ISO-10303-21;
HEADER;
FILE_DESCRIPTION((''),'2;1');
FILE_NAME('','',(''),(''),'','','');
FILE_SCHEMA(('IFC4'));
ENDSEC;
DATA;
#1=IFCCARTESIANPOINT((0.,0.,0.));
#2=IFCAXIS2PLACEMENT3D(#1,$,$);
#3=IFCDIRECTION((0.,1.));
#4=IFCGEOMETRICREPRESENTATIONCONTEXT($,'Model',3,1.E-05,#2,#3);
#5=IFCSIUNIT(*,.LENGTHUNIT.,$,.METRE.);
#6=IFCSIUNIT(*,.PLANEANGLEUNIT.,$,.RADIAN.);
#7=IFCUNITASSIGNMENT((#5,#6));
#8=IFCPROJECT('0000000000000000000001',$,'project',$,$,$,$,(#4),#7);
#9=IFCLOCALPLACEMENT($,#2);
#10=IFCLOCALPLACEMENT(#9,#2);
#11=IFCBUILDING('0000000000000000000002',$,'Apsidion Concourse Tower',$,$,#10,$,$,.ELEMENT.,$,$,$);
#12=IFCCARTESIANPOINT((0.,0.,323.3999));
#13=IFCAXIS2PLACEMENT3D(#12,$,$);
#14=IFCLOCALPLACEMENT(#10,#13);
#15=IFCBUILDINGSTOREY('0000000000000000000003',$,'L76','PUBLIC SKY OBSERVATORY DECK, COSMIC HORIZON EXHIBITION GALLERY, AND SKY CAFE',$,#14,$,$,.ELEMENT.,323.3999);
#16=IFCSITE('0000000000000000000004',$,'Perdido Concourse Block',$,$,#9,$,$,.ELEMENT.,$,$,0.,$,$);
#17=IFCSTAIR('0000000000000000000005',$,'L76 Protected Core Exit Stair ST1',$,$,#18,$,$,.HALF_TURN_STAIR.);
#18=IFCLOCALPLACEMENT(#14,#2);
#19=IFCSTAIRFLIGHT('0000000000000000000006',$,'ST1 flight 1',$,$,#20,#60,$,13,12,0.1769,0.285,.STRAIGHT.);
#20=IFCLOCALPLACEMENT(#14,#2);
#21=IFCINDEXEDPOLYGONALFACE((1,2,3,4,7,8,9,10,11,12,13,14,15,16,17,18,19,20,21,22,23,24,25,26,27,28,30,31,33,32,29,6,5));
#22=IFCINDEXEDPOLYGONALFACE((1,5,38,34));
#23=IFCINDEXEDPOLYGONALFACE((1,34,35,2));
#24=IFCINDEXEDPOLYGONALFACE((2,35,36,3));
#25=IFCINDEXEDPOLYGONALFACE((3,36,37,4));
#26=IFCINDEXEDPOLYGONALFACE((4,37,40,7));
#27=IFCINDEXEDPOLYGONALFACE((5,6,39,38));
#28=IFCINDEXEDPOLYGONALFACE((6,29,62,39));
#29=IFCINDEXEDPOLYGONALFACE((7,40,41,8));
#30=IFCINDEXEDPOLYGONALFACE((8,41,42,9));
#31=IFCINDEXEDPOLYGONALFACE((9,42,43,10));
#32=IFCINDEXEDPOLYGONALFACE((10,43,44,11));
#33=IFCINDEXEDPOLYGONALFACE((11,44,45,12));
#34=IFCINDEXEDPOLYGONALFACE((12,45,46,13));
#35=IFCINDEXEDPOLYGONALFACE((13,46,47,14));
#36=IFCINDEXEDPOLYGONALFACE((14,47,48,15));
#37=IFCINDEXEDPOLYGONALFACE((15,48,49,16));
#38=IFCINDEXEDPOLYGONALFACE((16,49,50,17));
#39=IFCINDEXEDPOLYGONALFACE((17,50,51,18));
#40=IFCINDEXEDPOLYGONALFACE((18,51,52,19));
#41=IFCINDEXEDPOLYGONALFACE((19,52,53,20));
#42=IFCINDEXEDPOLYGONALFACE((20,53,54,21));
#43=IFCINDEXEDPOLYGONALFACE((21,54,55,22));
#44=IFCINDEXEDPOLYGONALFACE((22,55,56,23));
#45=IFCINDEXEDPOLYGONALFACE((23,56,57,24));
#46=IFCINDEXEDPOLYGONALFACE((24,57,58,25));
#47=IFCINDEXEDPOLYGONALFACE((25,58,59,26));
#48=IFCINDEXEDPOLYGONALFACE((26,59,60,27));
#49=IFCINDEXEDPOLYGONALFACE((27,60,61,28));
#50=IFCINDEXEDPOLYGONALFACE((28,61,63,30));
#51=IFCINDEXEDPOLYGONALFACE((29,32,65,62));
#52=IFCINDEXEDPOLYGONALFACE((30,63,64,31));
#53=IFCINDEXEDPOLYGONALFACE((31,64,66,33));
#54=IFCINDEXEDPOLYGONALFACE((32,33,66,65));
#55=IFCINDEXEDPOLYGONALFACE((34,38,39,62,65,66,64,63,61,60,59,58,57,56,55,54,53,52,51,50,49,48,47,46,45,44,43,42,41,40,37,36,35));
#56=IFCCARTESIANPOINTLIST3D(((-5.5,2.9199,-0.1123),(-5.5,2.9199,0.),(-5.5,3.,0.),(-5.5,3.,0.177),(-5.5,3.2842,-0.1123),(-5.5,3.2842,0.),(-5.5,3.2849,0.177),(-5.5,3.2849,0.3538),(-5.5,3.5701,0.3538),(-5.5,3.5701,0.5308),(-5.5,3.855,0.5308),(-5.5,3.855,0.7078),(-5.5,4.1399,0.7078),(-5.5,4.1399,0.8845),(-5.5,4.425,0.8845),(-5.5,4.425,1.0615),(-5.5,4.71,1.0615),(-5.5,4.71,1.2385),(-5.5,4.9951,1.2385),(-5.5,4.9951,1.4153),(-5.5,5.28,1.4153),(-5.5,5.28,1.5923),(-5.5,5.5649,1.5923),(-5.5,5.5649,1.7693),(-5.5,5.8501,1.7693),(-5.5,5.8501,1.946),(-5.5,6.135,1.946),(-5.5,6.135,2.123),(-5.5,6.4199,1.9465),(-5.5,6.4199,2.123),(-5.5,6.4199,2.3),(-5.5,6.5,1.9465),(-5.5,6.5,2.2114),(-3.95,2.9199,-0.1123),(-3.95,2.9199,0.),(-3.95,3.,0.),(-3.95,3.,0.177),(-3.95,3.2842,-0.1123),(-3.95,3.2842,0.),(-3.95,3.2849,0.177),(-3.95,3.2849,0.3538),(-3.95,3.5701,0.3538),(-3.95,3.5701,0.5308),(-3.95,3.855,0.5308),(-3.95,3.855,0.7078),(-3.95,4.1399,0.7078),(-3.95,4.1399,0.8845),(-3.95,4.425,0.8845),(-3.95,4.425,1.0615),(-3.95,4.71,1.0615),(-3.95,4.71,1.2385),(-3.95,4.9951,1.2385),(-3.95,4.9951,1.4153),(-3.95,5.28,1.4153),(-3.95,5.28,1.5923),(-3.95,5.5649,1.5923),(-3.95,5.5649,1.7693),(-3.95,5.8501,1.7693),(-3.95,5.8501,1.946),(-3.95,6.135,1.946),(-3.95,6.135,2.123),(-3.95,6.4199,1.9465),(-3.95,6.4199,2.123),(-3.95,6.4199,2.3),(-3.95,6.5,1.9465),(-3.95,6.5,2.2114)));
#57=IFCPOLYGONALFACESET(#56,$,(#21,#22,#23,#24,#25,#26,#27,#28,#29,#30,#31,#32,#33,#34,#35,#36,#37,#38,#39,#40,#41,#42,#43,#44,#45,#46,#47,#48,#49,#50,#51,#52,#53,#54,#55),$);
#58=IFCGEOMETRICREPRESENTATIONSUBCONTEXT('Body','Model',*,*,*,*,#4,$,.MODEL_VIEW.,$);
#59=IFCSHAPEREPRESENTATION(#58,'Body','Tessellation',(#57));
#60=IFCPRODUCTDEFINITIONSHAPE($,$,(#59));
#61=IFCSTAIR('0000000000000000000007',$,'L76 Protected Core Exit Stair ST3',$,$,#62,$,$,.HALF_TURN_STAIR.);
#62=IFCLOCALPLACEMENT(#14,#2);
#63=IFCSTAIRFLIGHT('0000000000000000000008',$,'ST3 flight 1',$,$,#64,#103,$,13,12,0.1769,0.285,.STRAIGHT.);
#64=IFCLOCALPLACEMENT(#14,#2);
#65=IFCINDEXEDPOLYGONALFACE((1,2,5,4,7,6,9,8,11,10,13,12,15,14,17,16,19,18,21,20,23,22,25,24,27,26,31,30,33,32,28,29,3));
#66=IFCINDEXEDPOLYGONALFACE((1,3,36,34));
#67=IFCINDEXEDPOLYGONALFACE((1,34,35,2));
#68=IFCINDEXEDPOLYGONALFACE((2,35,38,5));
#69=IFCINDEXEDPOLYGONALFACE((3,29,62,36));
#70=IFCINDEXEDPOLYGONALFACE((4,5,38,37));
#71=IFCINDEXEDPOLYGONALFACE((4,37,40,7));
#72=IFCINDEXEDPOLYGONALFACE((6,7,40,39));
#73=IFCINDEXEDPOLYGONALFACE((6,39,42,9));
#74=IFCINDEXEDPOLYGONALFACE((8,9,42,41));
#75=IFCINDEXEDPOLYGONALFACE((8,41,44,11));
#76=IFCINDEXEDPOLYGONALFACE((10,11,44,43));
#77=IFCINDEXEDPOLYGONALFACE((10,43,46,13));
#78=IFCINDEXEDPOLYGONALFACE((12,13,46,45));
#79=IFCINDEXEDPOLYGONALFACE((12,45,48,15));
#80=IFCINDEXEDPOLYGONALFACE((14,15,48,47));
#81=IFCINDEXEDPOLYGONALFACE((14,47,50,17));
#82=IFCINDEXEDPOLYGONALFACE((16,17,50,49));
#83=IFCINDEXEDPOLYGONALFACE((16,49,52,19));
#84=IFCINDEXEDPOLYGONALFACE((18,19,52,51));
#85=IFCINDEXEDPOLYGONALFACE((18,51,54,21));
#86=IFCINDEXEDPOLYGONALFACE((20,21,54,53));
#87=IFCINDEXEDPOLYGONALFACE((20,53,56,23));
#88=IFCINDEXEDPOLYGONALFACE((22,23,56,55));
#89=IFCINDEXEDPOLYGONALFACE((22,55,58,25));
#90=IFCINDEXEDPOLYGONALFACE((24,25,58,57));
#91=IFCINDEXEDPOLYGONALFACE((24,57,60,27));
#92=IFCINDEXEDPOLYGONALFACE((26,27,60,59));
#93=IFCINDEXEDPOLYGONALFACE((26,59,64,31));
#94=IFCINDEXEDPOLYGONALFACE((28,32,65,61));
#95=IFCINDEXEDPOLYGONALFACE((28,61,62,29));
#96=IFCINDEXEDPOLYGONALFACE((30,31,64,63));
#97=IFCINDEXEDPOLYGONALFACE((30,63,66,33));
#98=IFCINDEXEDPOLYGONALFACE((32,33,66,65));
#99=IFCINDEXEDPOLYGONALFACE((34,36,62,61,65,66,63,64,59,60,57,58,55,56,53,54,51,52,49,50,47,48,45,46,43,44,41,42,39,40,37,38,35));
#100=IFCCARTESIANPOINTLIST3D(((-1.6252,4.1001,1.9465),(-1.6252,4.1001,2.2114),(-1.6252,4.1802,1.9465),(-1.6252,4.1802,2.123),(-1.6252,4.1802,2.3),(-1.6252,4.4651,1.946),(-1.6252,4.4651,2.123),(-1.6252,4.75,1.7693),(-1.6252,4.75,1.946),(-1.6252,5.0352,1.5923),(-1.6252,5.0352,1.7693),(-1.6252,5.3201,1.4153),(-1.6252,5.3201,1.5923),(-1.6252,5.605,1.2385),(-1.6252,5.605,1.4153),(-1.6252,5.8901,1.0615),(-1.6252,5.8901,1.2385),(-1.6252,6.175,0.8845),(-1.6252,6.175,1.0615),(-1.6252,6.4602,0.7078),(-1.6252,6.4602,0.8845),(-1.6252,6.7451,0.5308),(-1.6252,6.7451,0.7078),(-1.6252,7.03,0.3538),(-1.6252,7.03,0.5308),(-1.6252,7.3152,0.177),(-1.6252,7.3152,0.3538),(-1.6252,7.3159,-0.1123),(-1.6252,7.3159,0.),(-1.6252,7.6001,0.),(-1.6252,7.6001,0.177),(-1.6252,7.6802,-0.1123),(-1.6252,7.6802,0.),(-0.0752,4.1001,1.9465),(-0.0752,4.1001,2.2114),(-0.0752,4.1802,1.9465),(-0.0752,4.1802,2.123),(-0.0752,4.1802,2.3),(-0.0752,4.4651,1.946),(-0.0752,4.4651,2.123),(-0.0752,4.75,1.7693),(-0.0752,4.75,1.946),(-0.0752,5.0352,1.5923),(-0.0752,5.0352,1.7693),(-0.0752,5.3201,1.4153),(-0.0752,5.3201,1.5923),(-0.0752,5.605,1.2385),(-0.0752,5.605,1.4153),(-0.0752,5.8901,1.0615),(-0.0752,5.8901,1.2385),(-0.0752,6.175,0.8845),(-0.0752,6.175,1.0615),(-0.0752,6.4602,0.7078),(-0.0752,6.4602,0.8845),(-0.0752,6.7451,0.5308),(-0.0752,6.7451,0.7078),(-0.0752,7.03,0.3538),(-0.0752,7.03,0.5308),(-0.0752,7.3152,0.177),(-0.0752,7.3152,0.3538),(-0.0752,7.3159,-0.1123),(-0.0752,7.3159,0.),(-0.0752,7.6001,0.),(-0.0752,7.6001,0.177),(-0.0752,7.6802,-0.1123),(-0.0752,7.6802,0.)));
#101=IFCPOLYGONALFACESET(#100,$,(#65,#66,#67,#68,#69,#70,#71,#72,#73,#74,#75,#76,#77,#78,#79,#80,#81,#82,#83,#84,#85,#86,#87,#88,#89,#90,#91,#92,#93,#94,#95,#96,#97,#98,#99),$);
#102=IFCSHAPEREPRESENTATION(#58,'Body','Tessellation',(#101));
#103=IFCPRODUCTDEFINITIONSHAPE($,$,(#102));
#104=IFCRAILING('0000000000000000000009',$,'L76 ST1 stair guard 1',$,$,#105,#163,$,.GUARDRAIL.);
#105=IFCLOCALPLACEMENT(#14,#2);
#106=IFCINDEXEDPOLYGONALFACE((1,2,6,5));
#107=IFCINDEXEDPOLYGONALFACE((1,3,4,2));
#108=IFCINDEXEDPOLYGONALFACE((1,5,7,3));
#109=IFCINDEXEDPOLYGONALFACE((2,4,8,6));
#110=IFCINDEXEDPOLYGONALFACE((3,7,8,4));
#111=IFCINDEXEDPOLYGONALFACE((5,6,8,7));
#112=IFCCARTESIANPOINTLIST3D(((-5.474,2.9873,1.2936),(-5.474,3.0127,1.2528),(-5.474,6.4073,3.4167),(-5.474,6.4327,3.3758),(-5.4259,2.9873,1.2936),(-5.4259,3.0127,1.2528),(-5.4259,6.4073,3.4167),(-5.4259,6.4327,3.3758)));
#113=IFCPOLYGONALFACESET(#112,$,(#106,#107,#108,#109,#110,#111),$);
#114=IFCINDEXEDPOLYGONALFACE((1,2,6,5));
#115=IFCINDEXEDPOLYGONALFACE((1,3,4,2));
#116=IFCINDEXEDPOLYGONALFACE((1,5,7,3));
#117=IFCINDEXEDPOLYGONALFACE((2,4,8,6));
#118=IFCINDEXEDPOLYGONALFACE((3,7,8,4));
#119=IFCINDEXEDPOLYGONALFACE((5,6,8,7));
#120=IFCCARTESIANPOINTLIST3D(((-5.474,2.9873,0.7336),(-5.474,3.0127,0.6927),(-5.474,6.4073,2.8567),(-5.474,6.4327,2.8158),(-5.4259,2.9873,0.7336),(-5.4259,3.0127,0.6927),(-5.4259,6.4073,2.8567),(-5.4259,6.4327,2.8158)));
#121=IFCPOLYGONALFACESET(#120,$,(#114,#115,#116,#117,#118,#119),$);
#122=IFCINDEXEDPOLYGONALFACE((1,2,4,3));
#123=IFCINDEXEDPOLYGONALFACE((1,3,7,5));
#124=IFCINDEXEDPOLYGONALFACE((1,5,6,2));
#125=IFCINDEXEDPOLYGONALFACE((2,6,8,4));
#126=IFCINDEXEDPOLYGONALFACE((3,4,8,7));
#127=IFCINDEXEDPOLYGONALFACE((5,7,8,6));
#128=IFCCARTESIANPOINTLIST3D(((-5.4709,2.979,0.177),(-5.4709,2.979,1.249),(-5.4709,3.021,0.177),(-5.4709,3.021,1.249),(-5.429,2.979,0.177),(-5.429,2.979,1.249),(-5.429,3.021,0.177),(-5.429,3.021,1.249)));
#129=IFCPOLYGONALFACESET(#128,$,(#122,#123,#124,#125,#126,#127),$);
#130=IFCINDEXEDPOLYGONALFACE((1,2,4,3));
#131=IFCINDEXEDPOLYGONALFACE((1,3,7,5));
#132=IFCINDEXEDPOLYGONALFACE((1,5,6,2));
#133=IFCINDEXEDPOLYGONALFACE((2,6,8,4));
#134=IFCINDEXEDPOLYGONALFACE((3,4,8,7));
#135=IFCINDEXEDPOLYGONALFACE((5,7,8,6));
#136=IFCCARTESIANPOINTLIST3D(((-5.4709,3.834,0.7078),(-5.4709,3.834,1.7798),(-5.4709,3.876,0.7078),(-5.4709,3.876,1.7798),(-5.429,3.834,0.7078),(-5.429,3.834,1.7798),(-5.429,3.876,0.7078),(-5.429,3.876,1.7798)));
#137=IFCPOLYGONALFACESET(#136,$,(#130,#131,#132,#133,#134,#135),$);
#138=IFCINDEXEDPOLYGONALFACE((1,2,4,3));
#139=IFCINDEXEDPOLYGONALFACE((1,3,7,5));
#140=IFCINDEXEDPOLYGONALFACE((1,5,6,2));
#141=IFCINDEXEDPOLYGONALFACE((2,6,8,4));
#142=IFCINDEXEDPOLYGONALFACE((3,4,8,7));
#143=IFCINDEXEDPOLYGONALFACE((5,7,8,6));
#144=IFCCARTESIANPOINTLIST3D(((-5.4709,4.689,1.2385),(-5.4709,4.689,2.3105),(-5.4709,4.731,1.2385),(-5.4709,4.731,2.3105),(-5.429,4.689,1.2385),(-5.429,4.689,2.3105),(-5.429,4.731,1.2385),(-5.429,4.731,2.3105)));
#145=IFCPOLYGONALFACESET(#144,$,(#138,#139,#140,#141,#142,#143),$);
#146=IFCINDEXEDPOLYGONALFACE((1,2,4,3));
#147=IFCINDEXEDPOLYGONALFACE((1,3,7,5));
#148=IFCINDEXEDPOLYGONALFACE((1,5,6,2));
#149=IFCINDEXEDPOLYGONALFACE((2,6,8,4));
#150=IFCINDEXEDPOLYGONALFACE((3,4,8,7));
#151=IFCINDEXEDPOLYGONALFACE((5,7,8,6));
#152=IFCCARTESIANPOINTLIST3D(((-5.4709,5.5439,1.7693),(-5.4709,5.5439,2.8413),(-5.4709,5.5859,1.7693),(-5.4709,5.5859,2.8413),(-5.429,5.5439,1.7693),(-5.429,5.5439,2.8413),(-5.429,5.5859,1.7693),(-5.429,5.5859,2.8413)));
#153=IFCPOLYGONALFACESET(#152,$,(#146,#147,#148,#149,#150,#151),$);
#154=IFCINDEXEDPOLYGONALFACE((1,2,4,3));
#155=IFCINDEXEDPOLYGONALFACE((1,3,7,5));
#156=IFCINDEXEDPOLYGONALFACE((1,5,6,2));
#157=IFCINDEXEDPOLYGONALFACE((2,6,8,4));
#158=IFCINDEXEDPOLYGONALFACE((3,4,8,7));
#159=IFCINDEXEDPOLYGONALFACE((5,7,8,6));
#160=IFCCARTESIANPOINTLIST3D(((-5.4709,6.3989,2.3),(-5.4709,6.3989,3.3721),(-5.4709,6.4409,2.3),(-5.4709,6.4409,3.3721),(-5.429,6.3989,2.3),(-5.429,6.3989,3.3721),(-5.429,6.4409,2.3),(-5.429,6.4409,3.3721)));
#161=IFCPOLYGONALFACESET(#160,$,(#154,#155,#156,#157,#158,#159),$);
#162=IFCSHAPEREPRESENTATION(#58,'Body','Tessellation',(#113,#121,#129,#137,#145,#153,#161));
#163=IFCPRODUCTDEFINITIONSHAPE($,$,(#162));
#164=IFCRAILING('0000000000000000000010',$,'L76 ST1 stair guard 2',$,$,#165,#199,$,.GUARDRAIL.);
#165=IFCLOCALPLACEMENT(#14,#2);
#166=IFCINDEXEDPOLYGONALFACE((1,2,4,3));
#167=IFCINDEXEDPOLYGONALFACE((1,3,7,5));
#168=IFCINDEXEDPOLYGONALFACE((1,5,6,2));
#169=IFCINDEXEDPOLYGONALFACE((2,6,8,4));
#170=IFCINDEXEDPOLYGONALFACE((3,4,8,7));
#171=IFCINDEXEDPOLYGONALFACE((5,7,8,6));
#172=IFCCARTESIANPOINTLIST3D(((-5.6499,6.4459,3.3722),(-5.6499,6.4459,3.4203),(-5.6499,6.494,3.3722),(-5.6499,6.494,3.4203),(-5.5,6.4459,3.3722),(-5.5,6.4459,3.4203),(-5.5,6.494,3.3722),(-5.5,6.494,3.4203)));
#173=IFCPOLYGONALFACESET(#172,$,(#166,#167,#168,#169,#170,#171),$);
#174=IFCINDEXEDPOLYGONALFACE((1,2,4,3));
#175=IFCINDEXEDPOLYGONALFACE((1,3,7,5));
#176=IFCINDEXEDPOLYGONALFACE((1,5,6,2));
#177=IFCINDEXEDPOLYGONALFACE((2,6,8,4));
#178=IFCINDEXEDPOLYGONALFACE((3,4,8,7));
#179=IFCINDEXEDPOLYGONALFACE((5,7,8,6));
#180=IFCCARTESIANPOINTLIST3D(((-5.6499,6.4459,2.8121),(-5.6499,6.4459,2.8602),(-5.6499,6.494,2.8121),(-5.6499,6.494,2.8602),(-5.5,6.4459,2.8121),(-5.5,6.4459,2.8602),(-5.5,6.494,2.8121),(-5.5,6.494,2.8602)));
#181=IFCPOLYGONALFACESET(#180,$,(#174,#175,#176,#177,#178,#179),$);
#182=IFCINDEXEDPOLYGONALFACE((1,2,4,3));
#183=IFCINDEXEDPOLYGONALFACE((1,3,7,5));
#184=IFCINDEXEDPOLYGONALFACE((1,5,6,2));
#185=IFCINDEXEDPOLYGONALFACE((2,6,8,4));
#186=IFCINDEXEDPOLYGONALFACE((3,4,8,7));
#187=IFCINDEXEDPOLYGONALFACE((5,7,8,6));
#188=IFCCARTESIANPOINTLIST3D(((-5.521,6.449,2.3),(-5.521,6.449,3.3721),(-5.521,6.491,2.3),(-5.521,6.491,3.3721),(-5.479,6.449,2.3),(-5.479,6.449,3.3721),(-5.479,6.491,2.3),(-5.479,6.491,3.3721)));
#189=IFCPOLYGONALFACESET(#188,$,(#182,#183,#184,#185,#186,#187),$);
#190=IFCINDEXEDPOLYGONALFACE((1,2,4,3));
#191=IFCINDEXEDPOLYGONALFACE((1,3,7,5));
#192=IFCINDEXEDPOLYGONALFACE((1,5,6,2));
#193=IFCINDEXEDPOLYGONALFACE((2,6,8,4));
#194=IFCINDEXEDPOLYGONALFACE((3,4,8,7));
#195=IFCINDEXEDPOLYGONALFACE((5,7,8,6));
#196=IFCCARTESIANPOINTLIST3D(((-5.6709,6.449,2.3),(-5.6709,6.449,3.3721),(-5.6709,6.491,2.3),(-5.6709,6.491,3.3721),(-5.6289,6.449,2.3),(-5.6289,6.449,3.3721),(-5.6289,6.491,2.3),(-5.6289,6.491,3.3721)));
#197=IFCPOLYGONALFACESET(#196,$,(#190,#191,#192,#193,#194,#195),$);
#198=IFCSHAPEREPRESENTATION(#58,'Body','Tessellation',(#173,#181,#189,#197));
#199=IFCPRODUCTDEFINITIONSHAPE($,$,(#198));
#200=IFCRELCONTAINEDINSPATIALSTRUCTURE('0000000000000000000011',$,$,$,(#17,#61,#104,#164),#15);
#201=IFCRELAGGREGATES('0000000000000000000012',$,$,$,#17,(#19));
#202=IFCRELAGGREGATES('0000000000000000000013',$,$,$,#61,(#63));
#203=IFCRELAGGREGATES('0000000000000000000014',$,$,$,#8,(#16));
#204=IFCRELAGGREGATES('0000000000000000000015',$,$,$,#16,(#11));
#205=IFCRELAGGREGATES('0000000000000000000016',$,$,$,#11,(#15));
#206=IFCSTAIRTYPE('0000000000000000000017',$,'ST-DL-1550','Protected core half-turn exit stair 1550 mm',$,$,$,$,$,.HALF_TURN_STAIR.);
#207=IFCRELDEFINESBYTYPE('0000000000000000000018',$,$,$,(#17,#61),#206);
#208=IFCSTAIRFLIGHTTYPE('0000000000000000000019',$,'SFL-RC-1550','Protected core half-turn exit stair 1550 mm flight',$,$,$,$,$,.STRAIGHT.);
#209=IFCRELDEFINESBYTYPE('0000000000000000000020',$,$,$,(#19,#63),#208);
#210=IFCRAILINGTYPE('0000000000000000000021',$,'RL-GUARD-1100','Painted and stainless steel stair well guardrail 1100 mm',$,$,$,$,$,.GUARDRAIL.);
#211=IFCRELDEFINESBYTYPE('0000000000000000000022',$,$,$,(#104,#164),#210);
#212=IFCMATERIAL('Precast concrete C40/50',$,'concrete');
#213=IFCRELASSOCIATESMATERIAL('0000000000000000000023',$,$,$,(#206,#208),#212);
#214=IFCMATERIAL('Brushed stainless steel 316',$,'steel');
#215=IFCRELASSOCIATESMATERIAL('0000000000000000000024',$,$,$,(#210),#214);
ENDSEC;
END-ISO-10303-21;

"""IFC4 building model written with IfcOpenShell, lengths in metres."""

from ifc_helpers import new_model, si_unit, direction, frame, origin, origin_2d, place, context, subcontext, project, spatial, polyline, rectangle, outline, extrude, material, type_object, element, aggregate, save


model = new_model("IFC4")

# Units and contexts
model_context = context("Model", 3, precision=1e-05, world=origin(), true_north=direction((0.0, 1.0)))
body_context = subcontext(model_context, "Body", "Model", "MODEL_VIEW")
ifc_project = project(units=[si_unit("LENGTHUNIT", "METRE"), si_unit("PLANEANGLEUNIT", "RADIAN")], contexts=[model_context])

# Site, building, storey
site_placement = place(None, origin())
site = spatial("IfcSite", under=ifc_project, at=site_placement, Name="Perdido Concourse Block", CompositionType="ELEMENT", RefElevation=0.0)
building_placement = place(site_placement, origin())
building = spatial("IfcBuilding", under=site, at=building_placement, Name="Apsidion Concourse Tower", CompositionType="ELEMENT")
storey_placement = place(building_placement, frame((0.0, 0.0, 323.3999)))
storey = spatial("IfcBuildingStorey", under=building, at=storey_placement, Name="L76", Description="PUBLIC SKY OBSERVATORY DECK, COSMIC HORIZON EXHIBITION GALLERY, AND SKY CAFE", CompositionType="ELEMENT", Elevation=323.3999)

# Shared definitions
ifc_material_1 = material(Name="Brushed stainless steel 316", Category="steel")

# Stairs, stair flights
ifc_material_2 = material(Name="Precast concrete C40/50", Category="concrete")
stair_type = type_object("IfcStairType", Name="ST-DL-1550", Description="Protected core half-turn exit stair 1550 mm", PredefinedType="HALF_TURN_STAIR", material=ifc_material_2)
stair_1_placement = place(storey_placement, origin())
stair_1 = element("IfcStair", 1, at=stair_1_placement, inside=storey, type_object=stair_type, Name="L76 Protected Core Exit Stair ST1", PredefinedType="HALF_TURN_STAIR")
stair_flight_type = type_object("IfcStairFlightType", Name="SFL-RC-1550", Description="Protected core half-turn exit stair 1550 mm flight", PredefinedType="STRAIGHT", material=ifc_material_2)
stair_flight_1_placement = place(storey_placement, frame((-4.7251, 3.0, 0.0), z_axis=(0.0, 0.0, 1.0), x_axis=(0.0, 1.0, 0.0)))
stair_flight_1 = element("IfcStairFlight", 2, at=stair_flight_1_placement, type_object=stair_flight_type, Name="ST1 flight 1", NumberOfRisers=13, NumberOfTreads=12, PredefinedType="STRAIGHT", RiserHeight=0.1769, TreadLength=0.285, context=body_context, shape_type="SweptSolid", body=[
    extrude(outline(polyline([(-0.0801, -0.1123), (-0.0801, 0.0), (0.0, 0.0), (0.0, 0.177), (0.2849, 0.177), (0.2849, 0.3538), (0.5701, 0.3538), (0.5701, 0.5308), (0.855, 0.5308), (0.855, 0.7078), (1.1399, 0.7078), (1.1399, 0.8845), (1.425, 0.8845), (1.425, 1.0615), (1.71, 1.0615), (1.71, 1.2385), (1.9951, 1.2385), (1.9951, 1.4153), (2.28, 1.4153), (2.28, 1.5923), (2.5649, 1.5923), (2.5649, 1.7693), (2.8501, 1.7693), (2.8501, 1.946), (3.135, 1.946), (3.135, 2.123), (3.4199, 2.123), (3.4199, 2.3), (3.5, 2.2114), (3.5, 1.9465), (3.4199, 1.9465), (0.2842, 0.0), (0.2842, -0.1123), (-0.0801, -0.1123)])), frame((0.0, 0.7749, 0.0), z_axis=(0.0, -1.0, 0.0), x_axis=(1.0, 0.0, 0.0)), (0.0, 0.0, 1.0), 1.55),
])
aggregate(stair_1, [stair_flight_1])
stair_2_placement = place(storey_placement, origin())
stair_2 = element("IfcStair", 3, at=stair_2_placement, inside=storey, type_object=stair_type, Name="L76 Protected Core Exit Stair ST3", PredefinedType="HALF_TURN_STAIR")
stair_flight_2_placement = place(storey_placement, frame((-0.8501, 7.6001, 0.0), z_axis=(0.0, 0.0, 1.0), x_axis=(0.0, -1.0, 0.0)))
stair_flight_2 = element("IfcStairFlight", 4, at=stair_flight_2_placement, type_object=stair_flight_type, Name="ST3 flight 1", NumberOfRisers=13, NumberOfTreads=12, PredefinedType="STRAIGHT", RiserHeight=0.1769, TreadLength=0.285, context=body_context, shape_type="SweptSolid", body=[
    extrude(outline(polyline([(-0.0801, -0.1123), (-0.0801, 0.0), (0.0, 0.0), (0.0, 0.177), (0.2849, 0.177), (0.2849, 0.3538), (0.5701, 0.3538), (0.5701, 0.5308), (0.855, 0.5308), (0.855, 0.7078), (1.1399, 0.7078), (1.1399, 0.8845), (1.425, 0.8845), (1.425, 1.0615), (1.71, 1.0615), (1.71, 1.2385), (1.9951, 1.2385), (1.9951, 1.4153), (2.28, 1.4153), (2.28, 1.5923), (2.5649, 1.5923), (2.5649, 1.7693), (2.8501, 1.7693), (2.8501, 1.946), (3.135, 1.946), (3.135, 2.123), (3.4199, 2.123), (3.4199, 2.3), (3.5, 2.2114), (3.5, 1.9465), (3.4199, 1.9465), (0.2842, 0.0), (0.2842, -0.1123), (-0.0801, -0.1123)])), frame((0.0, 0.7749, 0.0), z_axis=(0.0, -1.0, 0.0), x_axis=(1.0, 0.0, 0.0)), (0.0, 0.0, 1.0), 1.55),
])
aggregate(stair_2, [stair_flight_2])

# Railings
railing_type_1 = type_object("IfcRailingType", Name="RL-GUARD-1100", Description="Painted and stainless steel stair well guardrail 1100 mm", PredefinedType="GUARDRAIL", material=ifc_material_1)
railing_1_placement = place(storey_placement, frame((-5.45, 3.0, 0.177)))
element("IfcRailing", 5, at=railing_1_placement, inside=storey, type_object=railing_type_1, Name="L76 ST1 stair guard 1", PredefinedType="GUARDRAIL", context=body_context, shape_type="SweptSolid", body=[
    extrude(rectangle(XDim=0.0481, YDim=0.0481, at=origin_2d()), frame((0.0, 0.0, 1.0962), z_axis=(0.0, 0.849603, 0.527423), x_axis=(-1.0, 0.0, 0.0)), (0.0, 0.0, 1.0), 4.0254),
    extrude(rectangle(XDim=0.0481, YDim=0.0481, at=origin_2d()), frame((0.0, 0.0, 0.5361), z_axis=(0.0, 0.849603, 0.527423), x_axis=(-1.0, 0.0, 0.0)), (0.0, 0.0, 1.0), 4.0254),
    extrude(rectangle(XDim=0.042, YDim=0.042, at=origin_2d()), origin(), (0.0, 0.0, 1.0), 1.072),
    extrude(rectangle(XDim=0.042, YDim=0.042, at=origin_2d()), frame((0.0, 0.855, 0.5308)), (0.0, 0.0, 1.0), 1.072),
    extrude(rectangle(XDim=0.042, YDim=0.042, at=origin_2d()), frame((0.0, 1.71, 1.0615)), (0.0, 0.0, 1.0), 1.072),
    extrude(rectangle(XDim=0.042, YDim=0.042, at=origin_2d()), frame((0.0, 2.5649, 1.5923)), (0.0, 0.0, 1.0), 1.072),
    extrude(rectangle(XDim=0.042, YDim=0.042, at=origin_2d()), frame((0.0, 3.4199, 2.123)), (0.0, 0.0, 1.0), 1.072),
])
for number, where, name in (
    (6, (-5.5, 6.47, 2.3), "L76 ST1 stair guard 2"),
):
    element("IfcRailing", number, at=place(storey_placement, frame(where)), inside=storey, type_object=railing_type_1, Name=name, PredefinedType="GUARDRAIL", context=body_context, shape_type="SweptSolid", body=[
        extrude(rectangle(XDim=0.0481, YDim=0.0481, at=origin_2d()), frame((0.0, 0.0, 1.0962), z_axis=(-1.0, 0.0, 0.0), x_axis=(0.0, -1.0, 0.0)), (0.0, 0.0, 1.0), 0.1499),
        extrude(rectangle(XDim=0.0481, YDim=0.0481, at=origin_2d()), frame((0.0, 0.0, 0.5361), z_axis=(-1.0, 0.0, 0.0), x_axis=(0.0, -1.0, 0.0)), (0.0, 0.0, 1.0), 0.1499),
        extrude(rectangle(XDim=0.042, YDim=0.042, at=origin_2d()), origin(), (0.0, 0.0, 1.0), 1.072),
        extrude(rectangle(XDim=0.042, YDim=0.042, at=origin_2d()), frame((-0.1499, 0.0, 0.0)), (0.0, 0.0, 1.0), 1.072),
    ])

save(model, "model.ifc")
